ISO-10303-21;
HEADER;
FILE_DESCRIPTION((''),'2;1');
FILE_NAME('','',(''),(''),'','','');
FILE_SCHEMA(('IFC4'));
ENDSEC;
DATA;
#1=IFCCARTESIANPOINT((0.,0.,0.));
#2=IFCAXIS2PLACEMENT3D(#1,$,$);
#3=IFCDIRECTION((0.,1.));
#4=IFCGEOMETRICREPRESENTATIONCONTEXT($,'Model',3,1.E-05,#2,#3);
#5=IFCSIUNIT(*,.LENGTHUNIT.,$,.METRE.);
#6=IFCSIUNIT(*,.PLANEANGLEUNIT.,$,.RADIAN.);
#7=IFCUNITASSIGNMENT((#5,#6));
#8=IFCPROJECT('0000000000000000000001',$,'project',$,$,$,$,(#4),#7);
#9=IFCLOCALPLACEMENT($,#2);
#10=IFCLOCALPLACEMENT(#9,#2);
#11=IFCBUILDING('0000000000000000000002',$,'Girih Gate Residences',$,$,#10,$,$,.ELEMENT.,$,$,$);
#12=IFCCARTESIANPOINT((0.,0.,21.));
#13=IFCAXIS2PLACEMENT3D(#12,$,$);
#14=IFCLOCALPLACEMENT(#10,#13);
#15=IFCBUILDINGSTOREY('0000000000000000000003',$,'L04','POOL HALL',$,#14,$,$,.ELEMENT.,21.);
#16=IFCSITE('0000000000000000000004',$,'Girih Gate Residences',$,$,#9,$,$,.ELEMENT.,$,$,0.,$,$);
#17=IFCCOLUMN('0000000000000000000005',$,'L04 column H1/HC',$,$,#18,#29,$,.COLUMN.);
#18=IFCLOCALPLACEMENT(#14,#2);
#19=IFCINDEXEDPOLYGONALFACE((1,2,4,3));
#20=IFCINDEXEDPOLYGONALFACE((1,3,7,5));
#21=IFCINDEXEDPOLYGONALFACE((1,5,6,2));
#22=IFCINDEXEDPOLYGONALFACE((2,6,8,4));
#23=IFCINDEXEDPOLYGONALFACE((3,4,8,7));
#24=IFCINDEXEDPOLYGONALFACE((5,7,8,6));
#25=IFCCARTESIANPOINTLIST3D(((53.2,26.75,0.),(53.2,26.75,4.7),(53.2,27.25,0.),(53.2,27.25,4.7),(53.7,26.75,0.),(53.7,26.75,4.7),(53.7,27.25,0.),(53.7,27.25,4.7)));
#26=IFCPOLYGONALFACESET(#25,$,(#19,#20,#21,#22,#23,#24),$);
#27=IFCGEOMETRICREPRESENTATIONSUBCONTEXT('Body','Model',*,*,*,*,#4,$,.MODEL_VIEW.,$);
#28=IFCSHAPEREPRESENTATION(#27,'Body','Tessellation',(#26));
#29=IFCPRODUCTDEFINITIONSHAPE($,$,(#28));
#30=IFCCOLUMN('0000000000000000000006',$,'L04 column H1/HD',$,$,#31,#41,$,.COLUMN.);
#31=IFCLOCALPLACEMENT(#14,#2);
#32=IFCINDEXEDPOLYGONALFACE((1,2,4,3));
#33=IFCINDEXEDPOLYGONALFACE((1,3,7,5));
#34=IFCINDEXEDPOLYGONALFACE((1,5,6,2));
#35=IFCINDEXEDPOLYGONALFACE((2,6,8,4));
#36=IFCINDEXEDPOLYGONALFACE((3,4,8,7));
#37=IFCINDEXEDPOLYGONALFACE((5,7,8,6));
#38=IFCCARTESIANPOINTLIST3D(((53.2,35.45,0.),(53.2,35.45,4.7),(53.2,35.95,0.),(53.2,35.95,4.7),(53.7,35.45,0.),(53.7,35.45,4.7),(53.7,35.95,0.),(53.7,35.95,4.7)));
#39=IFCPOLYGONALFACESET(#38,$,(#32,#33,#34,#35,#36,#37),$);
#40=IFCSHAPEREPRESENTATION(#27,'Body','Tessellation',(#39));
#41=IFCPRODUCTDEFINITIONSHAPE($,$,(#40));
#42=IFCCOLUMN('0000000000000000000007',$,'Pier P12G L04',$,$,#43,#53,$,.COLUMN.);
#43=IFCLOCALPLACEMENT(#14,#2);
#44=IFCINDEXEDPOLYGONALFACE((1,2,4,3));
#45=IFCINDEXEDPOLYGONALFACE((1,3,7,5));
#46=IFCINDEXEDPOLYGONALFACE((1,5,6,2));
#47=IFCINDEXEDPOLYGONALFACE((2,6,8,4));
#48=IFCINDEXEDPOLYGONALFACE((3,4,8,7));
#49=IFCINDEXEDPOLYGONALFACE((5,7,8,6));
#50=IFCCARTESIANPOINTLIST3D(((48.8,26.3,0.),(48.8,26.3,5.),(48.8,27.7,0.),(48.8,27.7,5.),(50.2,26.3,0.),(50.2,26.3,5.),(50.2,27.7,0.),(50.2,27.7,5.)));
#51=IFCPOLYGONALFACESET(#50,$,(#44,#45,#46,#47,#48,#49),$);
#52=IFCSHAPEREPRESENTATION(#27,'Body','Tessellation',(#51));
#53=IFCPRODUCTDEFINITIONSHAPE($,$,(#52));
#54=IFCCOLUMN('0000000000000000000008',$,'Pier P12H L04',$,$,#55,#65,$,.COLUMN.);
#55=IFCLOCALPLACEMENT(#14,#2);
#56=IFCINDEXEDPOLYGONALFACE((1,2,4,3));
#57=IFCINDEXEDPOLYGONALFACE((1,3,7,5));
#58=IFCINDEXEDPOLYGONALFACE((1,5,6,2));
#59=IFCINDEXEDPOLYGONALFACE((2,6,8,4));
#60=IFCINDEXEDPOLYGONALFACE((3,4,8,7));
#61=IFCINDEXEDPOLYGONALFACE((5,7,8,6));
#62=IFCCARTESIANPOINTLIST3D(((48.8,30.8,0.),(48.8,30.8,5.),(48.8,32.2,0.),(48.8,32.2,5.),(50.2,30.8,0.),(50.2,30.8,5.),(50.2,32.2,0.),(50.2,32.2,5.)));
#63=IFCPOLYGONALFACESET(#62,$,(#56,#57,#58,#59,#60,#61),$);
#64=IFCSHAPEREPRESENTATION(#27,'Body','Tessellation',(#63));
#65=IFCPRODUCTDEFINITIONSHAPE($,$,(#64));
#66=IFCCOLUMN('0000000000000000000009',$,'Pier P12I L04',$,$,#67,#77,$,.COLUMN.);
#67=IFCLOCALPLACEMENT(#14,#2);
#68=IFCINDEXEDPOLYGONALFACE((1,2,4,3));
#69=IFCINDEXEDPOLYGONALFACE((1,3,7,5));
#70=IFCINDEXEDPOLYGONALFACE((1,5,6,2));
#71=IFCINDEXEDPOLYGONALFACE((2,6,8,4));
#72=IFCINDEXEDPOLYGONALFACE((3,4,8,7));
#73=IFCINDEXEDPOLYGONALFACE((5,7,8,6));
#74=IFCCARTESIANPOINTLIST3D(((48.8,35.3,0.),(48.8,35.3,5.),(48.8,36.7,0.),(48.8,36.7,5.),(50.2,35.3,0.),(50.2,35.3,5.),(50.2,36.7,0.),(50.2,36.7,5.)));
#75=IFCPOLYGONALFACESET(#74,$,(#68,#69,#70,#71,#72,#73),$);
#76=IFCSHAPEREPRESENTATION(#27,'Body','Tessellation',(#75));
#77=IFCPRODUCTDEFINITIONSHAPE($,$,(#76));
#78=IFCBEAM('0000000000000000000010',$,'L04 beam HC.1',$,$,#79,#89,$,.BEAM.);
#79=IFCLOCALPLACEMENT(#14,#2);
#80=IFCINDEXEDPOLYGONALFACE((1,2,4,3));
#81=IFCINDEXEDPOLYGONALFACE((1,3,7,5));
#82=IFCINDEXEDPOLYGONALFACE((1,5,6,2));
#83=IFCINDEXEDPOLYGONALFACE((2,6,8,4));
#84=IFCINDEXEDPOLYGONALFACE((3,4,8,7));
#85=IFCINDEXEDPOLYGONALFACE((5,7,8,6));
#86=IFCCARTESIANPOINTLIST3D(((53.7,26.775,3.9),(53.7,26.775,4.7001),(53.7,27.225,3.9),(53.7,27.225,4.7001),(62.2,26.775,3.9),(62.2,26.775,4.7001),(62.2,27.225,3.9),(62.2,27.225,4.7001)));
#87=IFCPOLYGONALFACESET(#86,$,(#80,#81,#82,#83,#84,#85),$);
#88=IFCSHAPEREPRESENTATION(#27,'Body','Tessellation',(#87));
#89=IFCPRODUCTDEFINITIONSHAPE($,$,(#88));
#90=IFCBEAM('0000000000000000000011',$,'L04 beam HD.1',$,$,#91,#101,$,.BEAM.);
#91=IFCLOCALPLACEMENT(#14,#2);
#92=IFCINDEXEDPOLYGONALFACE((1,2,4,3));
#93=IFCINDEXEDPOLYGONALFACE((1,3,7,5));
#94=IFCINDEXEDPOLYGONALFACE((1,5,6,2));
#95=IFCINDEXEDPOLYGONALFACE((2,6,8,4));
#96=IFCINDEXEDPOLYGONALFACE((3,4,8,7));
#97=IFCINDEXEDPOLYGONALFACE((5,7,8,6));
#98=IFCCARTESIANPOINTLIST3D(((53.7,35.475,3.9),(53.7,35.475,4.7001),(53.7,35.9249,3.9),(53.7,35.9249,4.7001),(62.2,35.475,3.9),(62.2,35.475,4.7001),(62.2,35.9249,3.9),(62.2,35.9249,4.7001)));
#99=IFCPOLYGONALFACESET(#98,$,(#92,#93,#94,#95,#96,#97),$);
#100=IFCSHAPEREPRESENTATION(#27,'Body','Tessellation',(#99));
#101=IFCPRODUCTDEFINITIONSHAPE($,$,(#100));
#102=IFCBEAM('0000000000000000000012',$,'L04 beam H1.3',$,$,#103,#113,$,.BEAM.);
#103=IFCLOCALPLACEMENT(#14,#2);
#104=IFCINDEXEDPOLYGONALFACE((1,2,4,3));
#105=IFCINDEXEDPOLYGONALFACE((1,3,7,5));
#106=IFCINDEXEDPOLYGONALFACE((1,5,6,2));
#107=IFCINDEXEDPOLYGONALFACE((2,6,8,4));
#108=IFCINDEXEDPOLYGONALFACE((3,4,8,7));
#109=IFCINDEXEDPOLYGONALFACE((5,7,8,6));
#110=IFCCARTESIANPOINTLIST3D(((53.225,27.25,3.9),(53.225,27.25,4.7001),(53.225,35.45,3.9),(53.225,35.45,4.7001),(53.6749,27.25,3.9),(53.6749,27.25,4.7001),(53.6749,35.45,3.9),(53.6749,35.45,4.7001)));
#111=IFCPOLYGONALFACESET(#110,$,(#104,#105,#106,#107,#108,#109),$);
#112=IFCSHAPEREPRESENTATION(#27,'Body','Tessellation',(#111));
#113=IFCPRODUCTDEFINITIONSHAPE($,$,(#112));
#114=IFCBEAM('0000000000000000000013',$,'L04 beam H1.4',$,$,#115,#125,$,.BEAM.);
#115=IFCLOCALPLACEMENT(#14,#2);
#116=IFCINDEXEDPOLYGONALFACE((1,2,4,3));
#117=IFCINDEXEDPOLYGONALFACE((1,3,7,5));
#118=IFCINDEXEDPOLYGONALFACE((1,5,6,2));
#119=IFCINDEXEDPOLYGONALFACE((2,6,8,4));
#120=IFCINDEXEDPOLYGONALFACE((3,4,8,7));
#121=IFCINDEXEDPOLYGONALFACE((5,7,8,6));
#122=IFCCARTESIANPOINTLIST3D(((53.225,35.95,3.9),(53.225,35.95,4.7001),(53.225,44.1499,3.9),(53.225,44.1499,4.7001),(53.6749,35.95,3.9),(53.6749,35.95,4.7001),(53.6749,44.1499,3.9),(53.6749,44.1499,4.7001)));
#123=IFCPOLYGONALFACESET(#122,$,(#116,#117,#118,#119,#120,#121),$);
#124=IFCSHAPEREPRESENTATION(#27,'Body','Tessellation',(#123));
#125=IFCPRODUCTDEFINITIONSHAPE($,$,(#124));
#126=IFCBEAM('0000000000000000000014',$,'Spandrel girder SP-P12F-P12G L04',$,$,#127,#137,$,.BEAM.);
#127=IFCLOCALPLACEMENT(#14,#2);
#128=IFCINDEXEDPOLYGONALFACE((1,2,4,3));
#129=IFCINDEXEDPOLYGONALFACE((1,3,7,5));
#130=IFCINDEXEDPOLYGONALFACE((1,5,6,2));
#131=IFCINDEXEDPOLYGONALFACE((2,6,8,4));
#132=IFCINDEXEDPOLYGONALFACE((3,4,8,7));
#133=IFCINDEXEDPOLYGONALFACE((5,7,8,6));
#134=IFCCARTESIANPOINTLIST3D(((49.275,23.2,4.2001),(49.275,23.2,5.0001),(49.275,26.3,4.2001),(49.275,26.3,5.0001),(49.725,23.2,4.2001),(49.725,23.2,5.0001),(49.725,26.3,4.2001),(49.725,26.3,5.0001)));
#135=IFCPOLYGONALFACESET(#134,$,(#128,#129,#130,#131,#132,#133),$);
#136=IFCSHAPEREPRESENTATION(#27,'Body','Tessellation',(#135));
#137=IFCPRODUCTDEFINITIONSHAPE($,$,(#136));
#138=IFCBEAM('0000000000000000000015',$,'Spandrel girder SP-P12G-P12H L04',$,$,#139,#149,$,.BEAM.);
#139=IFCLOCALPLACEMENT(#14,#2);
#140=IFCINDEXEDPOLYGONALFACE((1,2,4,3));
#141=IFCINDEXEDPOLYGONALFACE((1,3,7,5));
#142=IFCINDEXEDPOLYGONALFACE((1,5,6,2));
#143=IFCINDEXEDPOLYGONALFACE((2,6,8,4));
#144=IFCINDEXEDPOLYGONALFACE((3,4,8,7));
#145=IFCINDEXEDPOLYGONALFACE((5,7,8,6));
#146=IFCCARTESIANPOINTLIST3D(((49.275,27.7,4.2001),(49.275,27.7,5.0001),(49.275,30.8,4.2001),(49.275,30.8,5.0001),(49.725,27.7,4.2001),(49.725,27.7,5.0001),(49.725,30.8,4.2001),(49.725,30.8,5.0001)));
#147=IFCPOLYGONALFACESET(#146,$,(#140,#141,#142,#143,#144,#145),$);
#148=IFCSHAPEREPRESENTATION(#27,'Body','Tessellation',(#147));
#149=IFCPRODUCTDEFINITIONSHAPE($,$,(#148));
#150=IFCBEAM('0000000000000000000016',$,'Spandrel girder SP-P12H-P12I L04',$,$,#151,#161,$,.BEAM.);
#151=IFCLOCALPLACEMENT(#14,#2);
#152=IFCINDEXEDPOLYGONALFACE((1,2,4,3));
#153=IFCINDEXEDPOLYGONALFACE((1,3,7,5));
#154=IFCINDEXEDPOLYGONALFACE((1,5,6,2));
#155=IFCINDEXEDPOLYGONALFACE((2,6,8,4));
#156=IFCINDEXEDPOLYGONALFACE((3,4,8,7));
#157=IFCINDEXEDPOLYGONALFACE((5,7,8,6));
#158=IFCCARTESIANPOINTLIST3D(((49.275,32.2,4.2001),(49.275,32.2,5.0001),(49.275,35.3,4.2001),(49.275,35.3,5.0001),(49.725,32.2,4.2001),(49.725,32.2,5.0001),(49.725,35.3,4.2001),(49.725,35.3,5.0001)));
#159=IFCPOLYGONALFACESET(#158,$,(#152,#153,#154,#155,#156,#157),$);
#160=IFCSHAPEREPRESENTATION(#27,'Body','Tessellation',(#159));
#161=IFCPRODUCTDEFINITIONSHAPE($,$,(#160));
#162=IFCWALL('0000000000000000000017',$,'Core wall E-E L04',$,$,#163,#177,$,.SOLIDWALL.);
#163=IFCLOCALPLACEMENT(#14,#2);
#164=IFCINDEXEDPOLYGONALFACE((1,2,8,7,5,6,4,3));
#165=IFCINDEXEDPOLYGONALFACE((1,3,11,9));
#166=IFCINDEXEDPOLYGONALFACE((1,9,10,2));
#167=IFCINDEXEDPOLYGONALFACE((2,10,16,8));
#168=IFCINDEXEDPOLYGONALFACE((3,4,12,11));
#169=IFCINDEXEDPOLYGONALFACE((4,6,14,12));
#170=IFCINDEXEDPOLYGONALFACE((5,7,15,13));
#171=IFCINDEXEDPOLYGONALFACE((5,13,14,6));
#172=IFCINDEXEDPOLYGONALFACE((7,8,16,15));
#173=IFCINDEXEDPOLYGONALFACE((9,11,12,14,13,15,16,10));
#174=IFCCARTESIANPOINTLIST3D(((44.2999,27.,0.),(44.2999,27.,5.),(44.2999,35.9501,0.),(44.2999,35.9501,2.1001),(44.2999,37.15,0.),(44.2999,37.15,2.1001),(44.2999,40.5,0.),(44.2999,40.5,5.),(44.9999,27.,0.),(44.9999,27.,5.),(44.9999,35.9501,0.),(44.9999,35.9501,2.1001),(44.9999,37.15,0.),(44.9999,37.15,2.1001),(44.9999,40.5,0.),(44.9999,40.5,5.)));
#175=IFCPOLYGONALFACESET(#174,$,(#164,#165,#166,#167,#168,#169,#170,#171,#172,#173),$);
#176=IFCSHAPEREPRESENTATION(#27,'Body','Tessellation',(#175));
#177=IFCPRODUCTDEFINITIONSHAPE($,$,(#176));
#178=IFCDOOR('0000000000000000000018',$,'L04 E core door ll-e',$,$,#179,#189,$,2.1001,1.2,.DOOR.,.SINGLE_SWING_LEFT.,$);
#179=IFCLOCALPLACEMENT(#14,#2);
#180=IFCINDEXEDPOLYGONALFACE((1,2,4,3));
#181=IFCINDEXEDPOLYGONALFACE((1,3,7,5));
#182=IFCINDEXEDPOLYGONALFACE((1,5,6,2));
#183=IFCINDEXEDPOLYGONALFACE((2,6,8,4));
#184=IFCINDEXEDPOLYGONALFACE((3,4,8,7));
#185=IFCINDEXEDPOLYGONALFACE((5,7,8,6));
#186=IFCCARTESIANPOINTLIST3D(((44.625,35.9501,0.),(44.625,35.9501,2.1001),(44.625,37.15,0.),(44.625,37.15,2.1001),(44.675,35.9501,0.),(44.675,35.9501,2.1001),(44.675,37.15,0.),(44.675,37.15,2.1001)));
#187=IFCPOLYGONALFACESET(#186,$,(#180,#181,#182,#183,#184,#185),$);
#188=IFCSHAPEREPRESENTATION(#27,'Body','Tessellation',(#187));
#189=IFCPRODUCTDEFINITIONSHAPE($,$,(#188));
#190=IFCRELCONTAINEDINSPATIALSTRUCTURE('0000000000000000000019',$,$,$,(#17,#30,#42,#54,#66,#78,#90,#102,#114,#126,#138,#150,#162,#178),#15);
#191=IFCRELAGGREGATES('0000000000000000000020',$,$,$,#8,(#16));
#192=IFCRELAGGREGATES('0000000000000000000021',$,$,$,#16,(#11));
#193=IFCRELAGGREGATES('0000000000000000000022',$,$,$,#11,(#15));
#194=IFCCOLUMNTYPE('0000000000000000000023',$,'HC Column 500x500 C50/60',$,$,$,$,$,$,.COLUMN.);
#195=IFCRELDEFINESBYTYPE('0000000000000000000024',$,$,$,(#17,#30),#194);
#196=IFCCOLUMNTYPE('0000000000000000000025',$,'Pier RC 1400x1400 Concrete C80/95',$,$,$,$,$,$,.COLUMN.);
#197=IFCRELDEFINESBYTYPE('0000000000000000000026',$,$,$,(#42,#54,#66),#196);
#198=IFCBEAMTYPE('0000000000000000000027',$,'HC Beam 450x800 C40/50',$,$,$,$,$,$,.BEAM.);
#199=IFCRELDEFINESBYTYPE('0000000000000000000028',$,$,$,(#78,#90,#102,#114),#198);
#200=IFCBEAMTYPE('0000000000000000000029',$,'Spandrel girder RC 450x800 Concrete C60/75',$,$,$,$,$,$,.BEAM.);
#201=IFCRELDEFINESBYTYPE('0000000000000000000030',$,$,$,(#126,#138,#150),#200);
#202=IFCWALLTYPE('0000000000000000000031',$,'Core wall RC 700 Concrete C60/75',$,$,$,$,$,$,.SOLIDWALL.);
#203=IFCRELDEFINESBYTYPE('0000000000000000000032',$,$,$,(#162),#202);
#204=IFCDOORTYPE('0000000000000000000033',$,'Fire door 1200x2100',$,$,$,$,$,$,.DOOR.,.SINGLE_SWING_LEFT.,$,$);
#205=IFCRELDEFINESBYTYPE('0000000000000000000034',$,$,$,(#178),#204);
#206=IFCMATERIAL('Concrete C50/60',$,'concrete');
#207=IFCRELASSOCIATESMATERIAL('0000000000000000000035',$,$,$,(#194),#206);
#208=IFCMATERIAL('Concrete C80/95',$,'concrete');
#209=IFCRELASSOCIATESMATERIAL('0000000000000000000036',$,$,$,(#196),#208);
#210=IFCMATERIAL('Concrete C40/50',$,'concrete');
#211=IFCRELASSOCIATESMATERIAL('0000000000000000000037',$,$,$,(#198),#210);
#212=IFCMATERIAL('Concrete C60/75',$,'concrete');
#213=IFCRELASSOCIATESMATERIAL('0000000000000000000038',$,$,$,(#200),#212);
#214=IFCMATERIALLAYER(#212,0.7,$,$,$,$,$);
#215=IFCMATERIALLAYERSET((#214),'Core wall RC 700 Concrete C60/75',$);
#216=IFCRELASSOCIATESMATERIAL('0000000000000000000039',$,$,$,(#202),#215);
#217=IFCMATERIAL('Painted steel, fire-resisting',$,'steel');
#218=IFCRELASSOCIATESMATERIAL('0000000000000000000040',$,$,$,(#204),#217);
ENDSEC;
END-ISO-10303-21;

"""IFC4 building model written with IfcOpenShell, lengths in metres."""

from ifc_helpers import new_model, si_unit, direction, frame, frame_2d, origin, origin_2d, place, context, subcontext, project, spatial, rectangle, extrude, material, layer, layer_set, material_profile, profile_set, type_object, element, fill, save


model = new_model("IFC4")

# Units and contexts
model_context = context("Model", 3, precision=1e-05, world=origin(), true_north=direction((0.0, 1.0)))
body_context = subcontext(model_context, "Body", "Model", "MODEL_VIEW")
ifc_project = project(units=[si_unit("LENGTHUNIT", "METRE"), si_unit("PLANEANGLEUNIT", "RADIAN")], contexts=[model_context])

# Site, building, storey
site_placement = place(None, origin())
site = spatial("IfcSite", under=ifc_project, at=site_placement, Name="Girih Gate Residences", CompositionType="ELEMENT", RefElevation=0.0)
building_placement = place(site_placement, origin())
building = spatial("IfcBuilding", under=site, at=building_placement, Name="Girih Gate Residences", CompositionType="ELEMENT")
storey_placement = place(building_placement, frame((0.0, 0.0, 21.0)))
storey = spatial("IfcBuildingStorey", under=building, at=storey_placement, Name="L04", Description="POOL HALL", CompositionType="ELEMENT", Elevation=21.0)

# Columns
ifc_material_1 = material(Name="Concrete C50/60", Category="concrete")
ifc_material_profile_1 = material_profile(ifc_material_1, rectangle(XDim=0.5, YDim=0.5, at=origin_2d()))
ifc_profile_set_1 = profile_set([ifc_material_profile_1], Name="Concrete C50/60")
column_type_1 = type_object("IfcColumnType", Name="HC Column 500x500 C50/60", PredefinedType="COLUMN", material=ifc_profile_set_1)
for number, where, z_axis, x_axis, name in (
    (1, (53.45, 27.0, 0.0), (0.0, 0.0, 1.0), (1.0, 0.0, 0.0), "L04 column H1/HC"),
    (2, (53.45, 35.7, 0.0), (0.0, 0.0, 1.0), (1.0, 0.0, 0.0), "L04 column H1/HD"),
):
    element("IfcColumn", number, at=place(storey_placement, frame(where, z_axis=z_axis, x_axis=x_axis)), inside=storey, type_object=column_type_1, Name=name, PredefinedType="COLUMN", context=body_context, shape_type="SweptSolid", body=[
        extrude(rectangle(XDim=0.5, YDim=0.5, at=origin_2d()), origin(), (0.0, 0.0, 1.0), 4.7),
    ])
ifc_material_2 = material(Name="Concrete C80/95", Category="concrete")
ifc_material_profile_2 = material_profile(ifc_material_2, rectangle(XDim=1.3999, YDim=1.3999, at=origin_2d()))
ifc_profile_set_2 = profile_set([ifc_material_profile_2], Name="Concrete C80/95")
column_type_2 = type_object("IfcColumnType", Name="Pier RC 1400x1400 Concrete C80/95", PredefinedType="COLUMN", material=ifc_profile_set_2)
for number, where, z_axis, x_axis, name in (
    (3, (49.5, 27.0, 0.0), (0.0, 0.0, 1.0), (1.0, 0.0, 0.0), "Pier P12G L04"),
    (4, (49.5, 31.5, 0.0), (0.0, 0.0, 1.0), (1.0, 0.0, 0.0), "Pier P12H L04"),
    (5, (49.5, 36.0, 0.0), (0.0, 0.0, 1.0), (1.0, 0.0, 0.0), "Pier P12I L04"),
):
    element("IfcColumn", number, at=place(storey_placement, frame(where, z_axis=z_axis, x_axis=x_axis)), inside=storey, type_object=column_type_2, Name=name, PredefinedType="COLUMN", context=body_context, shape_type="SweptSolid", body=[
        extrude(rectangle(XDim=1.3999, YDim=1.3999, at=origin_2d()), origin(), (0.0, 0.0, 1.0), 5.0),
    ])

# Beams
ifc_material_3 = material(Name="Concrete C40/50", Category="concrete")
ifc_material_profile_3 = material_profile(ifc_material_3, rectangle(XDim=0.45, YDim=0.8, at=origin_2d()))
ifc_profile_set_3 = profile_set([ifc_material_profile_3], Name="Concrete C40/50")
beam_type_1 = type_object("IfcBeamType", Name="HC Beam 450x800 C40/50", PredefinedType="BEAM", material=ifc_profile_set_3)
for number, where, z_axis, x_axis, name in (
    (6, (53.7, 27.0, 4.3), (1.0, 0.0, 0.0), (0.0, 1.0, 0.0), "L04 beam HC.1"),
    (7, (53.7, 35.7, 4.3), (1.0, 0.0, 0.0), (0.0, 1.0, 0.0), "L04 beam HD.1"),
):
    element("IfcBeam", number, at=place(storey_placement, frame(where, z_axis=z_axis, x_axis=x_axis)), inside=storey, type_object=beam_type_1, Name=name, PredefinedType="BEAM", context=body_context, shape_type="SweptSolid", body=[
        extrude(rectangle(XDim=0.45, YDim=0.8, at=origin_2d()), origin(), (0.0, 0.0, 1.0), 8.5),
    ])
for number, where, z_axis, x_axis, name in (
    (8, (53.45, 27.25, 4.3), (0.0, 1.0, 0.0), (-1.0, 0.0, 0.0), "L04 beam H1.3"),
    (9, (53.45, 35.95, 4.3), (0.0, 1.0, 0.0), (-1.0, 0.0, 0.0), "L04 beam H1.4"),
):
    element("IfcBeam", number, at=place(storey_placement, frame(where, z_axis=z_axis, x_axis=x_axis)), inside=storey, type_object=beam_type_1, Name=name, PredefinedType="BEAM", context=body_context, shape_type="SweptSolid", body=[
        extrude(rectangle(XDim=0.45, YDim=0.8, at=origin_2d()), origin(), (0.0, 0.0, 1.0), 8.2),
    ])
ifc_material_4 = material(Name="Concrete C60/75", Category="concrete")
ifc_material_profile_4 = material_profile(ifc_material_4, rectangle(XDim=0.45, YDim=0.8, at=origin_2d()))
ifc_profile_set_4 = profile_set([ifc_material_profile_4], Name="Concrete C60/75")
beam_type_2 = type_object("IfcBeamType", Name="Spandrel girder RC 450x800 Concrete C60/75", PredefinedType="BEAM", material=ifc_profile_set_4)
for number, where, z_axis, x_axis, name in (
    (10, (49.5, 23.2, 4.6001), (0.0, 1.0, 0.0), (-1.0, 0.0, 0.0), "Spandrel girder SP-P12F-P12G L04"),
    (11, (49.5, 27.7, 4.6001), (0.0, 1.0, 0.0), (-1.0, 0.0, 0.0), "Spandrel girder SP-P12G-P12H L04"),
    (12, (49.5, 32.2, 4.6001), (0.0, 1.0, 0.0), (-1.0, 0.0, 0.0), "Spandrel girder SP-P12H-P12I L04"),
):
    element("IfcBeam", number, at=place(storey_placement, frame(where, z_axis=z_axis, x_axis=x_axis)), inside=storey, type_object=beam_type_2, Name=name, PredefinedType="BEAM", context=body_context, shape_type="SweptSolid", body=[
        extrude(rectangle(XDim=0.45, YDim=0.8, at=origin_2d()), origin(), (0.0, 0.0, 1.0), 3.1001),
    ])

# Wall, opening, door
ifc_layer_1 = layer(ifc_material_4, 0.7)
ifc_layer_set_1 = layer_set([ifc_layer_1], Name="Core wall RC 700 Concrete C60/75")
wall_type_1 = type_object("IfcWallType", Name="Core wall RC 700 Concrete C60/75", PredefinedType="SOLIDWALL", material=ifc_layer_set_1)
wall_1_placement = place(storey_placement, frame((44.6499, 27.0, 0.0), z_axis=(0.0, 0.0, 1.0), x_axis=(0.0, 1.0, 0.0)))
wall_1 = element("IfcWall", 13, at=wall_1_placement, inside=storey, type_object=wall_type_1, Name="Core wall E-E L04", PredefinedType="SOLIDWALL", context=body_context, shape_type="SweptSolid", body=[
    extrude(rectangle(XDim=13.5, YDim=0.7, at=frame_2d((6.75, 0.0))), origin(), (0.0, 0.0, 1.0), 5.0),
])
opening_1_placement = place(wall_1_placement, frame((8.95, 0.0, 0.0)))
opening_1 = element("IfcOpeningElement", 14, at=opening_1_placement, cuts=wall_1, PredefinedType="OPENING", context=body_context, shape_type="SweptSolid", body=[
    extrude(rectangle(XDim=1.2, YDim=2.1001, at=frame_2d((0.6001, 1.05))), frame((0.0, 0.3599, 0.0), z_axis=(0.0, -1.0, 0.0), x_axis=(1.0, 0.0, 0.0)), (0.0, 0.0, 1.0), 0.72),
])
ifc_material_5 = material(Name="Painted steel, fire-resisting", Category="steel")
door_type_1 = type_object("IfcDoorType", Name="Fire door 1200x2100", OperationType="SINGLE_SWING_LEFT", PredefinedType="DOOR", material=ifc_material_5)
door_1_placement = place(opening_1_placement, origin())
door_1 = element("IfcDoor", 15, at=door_1_placement, inside=storey, type_object=door_type_1, Name="L04 E core door ll-e", OperationType="SINGLE_SWING_LEFT", OverallHeight=2.1001, OverallWidth=1.2, PredefinedType="DOOR", context=body_context, shape_type="SweptSolid", body=[
    extrude(rectangle(XDim=1.2, YDim=2.1001, at=frame_2d((0.6001, 1.05))), frame((0.0, 0.0249, 0.0), z_axis=(0.0, -1.0, 0.0), x_axis=(1.0, 0.0, 0.0)), (0.0, 0.0, 1.0), 0.05),
])
fill(opening_1, door_1)

save(model, "model.ifc")
